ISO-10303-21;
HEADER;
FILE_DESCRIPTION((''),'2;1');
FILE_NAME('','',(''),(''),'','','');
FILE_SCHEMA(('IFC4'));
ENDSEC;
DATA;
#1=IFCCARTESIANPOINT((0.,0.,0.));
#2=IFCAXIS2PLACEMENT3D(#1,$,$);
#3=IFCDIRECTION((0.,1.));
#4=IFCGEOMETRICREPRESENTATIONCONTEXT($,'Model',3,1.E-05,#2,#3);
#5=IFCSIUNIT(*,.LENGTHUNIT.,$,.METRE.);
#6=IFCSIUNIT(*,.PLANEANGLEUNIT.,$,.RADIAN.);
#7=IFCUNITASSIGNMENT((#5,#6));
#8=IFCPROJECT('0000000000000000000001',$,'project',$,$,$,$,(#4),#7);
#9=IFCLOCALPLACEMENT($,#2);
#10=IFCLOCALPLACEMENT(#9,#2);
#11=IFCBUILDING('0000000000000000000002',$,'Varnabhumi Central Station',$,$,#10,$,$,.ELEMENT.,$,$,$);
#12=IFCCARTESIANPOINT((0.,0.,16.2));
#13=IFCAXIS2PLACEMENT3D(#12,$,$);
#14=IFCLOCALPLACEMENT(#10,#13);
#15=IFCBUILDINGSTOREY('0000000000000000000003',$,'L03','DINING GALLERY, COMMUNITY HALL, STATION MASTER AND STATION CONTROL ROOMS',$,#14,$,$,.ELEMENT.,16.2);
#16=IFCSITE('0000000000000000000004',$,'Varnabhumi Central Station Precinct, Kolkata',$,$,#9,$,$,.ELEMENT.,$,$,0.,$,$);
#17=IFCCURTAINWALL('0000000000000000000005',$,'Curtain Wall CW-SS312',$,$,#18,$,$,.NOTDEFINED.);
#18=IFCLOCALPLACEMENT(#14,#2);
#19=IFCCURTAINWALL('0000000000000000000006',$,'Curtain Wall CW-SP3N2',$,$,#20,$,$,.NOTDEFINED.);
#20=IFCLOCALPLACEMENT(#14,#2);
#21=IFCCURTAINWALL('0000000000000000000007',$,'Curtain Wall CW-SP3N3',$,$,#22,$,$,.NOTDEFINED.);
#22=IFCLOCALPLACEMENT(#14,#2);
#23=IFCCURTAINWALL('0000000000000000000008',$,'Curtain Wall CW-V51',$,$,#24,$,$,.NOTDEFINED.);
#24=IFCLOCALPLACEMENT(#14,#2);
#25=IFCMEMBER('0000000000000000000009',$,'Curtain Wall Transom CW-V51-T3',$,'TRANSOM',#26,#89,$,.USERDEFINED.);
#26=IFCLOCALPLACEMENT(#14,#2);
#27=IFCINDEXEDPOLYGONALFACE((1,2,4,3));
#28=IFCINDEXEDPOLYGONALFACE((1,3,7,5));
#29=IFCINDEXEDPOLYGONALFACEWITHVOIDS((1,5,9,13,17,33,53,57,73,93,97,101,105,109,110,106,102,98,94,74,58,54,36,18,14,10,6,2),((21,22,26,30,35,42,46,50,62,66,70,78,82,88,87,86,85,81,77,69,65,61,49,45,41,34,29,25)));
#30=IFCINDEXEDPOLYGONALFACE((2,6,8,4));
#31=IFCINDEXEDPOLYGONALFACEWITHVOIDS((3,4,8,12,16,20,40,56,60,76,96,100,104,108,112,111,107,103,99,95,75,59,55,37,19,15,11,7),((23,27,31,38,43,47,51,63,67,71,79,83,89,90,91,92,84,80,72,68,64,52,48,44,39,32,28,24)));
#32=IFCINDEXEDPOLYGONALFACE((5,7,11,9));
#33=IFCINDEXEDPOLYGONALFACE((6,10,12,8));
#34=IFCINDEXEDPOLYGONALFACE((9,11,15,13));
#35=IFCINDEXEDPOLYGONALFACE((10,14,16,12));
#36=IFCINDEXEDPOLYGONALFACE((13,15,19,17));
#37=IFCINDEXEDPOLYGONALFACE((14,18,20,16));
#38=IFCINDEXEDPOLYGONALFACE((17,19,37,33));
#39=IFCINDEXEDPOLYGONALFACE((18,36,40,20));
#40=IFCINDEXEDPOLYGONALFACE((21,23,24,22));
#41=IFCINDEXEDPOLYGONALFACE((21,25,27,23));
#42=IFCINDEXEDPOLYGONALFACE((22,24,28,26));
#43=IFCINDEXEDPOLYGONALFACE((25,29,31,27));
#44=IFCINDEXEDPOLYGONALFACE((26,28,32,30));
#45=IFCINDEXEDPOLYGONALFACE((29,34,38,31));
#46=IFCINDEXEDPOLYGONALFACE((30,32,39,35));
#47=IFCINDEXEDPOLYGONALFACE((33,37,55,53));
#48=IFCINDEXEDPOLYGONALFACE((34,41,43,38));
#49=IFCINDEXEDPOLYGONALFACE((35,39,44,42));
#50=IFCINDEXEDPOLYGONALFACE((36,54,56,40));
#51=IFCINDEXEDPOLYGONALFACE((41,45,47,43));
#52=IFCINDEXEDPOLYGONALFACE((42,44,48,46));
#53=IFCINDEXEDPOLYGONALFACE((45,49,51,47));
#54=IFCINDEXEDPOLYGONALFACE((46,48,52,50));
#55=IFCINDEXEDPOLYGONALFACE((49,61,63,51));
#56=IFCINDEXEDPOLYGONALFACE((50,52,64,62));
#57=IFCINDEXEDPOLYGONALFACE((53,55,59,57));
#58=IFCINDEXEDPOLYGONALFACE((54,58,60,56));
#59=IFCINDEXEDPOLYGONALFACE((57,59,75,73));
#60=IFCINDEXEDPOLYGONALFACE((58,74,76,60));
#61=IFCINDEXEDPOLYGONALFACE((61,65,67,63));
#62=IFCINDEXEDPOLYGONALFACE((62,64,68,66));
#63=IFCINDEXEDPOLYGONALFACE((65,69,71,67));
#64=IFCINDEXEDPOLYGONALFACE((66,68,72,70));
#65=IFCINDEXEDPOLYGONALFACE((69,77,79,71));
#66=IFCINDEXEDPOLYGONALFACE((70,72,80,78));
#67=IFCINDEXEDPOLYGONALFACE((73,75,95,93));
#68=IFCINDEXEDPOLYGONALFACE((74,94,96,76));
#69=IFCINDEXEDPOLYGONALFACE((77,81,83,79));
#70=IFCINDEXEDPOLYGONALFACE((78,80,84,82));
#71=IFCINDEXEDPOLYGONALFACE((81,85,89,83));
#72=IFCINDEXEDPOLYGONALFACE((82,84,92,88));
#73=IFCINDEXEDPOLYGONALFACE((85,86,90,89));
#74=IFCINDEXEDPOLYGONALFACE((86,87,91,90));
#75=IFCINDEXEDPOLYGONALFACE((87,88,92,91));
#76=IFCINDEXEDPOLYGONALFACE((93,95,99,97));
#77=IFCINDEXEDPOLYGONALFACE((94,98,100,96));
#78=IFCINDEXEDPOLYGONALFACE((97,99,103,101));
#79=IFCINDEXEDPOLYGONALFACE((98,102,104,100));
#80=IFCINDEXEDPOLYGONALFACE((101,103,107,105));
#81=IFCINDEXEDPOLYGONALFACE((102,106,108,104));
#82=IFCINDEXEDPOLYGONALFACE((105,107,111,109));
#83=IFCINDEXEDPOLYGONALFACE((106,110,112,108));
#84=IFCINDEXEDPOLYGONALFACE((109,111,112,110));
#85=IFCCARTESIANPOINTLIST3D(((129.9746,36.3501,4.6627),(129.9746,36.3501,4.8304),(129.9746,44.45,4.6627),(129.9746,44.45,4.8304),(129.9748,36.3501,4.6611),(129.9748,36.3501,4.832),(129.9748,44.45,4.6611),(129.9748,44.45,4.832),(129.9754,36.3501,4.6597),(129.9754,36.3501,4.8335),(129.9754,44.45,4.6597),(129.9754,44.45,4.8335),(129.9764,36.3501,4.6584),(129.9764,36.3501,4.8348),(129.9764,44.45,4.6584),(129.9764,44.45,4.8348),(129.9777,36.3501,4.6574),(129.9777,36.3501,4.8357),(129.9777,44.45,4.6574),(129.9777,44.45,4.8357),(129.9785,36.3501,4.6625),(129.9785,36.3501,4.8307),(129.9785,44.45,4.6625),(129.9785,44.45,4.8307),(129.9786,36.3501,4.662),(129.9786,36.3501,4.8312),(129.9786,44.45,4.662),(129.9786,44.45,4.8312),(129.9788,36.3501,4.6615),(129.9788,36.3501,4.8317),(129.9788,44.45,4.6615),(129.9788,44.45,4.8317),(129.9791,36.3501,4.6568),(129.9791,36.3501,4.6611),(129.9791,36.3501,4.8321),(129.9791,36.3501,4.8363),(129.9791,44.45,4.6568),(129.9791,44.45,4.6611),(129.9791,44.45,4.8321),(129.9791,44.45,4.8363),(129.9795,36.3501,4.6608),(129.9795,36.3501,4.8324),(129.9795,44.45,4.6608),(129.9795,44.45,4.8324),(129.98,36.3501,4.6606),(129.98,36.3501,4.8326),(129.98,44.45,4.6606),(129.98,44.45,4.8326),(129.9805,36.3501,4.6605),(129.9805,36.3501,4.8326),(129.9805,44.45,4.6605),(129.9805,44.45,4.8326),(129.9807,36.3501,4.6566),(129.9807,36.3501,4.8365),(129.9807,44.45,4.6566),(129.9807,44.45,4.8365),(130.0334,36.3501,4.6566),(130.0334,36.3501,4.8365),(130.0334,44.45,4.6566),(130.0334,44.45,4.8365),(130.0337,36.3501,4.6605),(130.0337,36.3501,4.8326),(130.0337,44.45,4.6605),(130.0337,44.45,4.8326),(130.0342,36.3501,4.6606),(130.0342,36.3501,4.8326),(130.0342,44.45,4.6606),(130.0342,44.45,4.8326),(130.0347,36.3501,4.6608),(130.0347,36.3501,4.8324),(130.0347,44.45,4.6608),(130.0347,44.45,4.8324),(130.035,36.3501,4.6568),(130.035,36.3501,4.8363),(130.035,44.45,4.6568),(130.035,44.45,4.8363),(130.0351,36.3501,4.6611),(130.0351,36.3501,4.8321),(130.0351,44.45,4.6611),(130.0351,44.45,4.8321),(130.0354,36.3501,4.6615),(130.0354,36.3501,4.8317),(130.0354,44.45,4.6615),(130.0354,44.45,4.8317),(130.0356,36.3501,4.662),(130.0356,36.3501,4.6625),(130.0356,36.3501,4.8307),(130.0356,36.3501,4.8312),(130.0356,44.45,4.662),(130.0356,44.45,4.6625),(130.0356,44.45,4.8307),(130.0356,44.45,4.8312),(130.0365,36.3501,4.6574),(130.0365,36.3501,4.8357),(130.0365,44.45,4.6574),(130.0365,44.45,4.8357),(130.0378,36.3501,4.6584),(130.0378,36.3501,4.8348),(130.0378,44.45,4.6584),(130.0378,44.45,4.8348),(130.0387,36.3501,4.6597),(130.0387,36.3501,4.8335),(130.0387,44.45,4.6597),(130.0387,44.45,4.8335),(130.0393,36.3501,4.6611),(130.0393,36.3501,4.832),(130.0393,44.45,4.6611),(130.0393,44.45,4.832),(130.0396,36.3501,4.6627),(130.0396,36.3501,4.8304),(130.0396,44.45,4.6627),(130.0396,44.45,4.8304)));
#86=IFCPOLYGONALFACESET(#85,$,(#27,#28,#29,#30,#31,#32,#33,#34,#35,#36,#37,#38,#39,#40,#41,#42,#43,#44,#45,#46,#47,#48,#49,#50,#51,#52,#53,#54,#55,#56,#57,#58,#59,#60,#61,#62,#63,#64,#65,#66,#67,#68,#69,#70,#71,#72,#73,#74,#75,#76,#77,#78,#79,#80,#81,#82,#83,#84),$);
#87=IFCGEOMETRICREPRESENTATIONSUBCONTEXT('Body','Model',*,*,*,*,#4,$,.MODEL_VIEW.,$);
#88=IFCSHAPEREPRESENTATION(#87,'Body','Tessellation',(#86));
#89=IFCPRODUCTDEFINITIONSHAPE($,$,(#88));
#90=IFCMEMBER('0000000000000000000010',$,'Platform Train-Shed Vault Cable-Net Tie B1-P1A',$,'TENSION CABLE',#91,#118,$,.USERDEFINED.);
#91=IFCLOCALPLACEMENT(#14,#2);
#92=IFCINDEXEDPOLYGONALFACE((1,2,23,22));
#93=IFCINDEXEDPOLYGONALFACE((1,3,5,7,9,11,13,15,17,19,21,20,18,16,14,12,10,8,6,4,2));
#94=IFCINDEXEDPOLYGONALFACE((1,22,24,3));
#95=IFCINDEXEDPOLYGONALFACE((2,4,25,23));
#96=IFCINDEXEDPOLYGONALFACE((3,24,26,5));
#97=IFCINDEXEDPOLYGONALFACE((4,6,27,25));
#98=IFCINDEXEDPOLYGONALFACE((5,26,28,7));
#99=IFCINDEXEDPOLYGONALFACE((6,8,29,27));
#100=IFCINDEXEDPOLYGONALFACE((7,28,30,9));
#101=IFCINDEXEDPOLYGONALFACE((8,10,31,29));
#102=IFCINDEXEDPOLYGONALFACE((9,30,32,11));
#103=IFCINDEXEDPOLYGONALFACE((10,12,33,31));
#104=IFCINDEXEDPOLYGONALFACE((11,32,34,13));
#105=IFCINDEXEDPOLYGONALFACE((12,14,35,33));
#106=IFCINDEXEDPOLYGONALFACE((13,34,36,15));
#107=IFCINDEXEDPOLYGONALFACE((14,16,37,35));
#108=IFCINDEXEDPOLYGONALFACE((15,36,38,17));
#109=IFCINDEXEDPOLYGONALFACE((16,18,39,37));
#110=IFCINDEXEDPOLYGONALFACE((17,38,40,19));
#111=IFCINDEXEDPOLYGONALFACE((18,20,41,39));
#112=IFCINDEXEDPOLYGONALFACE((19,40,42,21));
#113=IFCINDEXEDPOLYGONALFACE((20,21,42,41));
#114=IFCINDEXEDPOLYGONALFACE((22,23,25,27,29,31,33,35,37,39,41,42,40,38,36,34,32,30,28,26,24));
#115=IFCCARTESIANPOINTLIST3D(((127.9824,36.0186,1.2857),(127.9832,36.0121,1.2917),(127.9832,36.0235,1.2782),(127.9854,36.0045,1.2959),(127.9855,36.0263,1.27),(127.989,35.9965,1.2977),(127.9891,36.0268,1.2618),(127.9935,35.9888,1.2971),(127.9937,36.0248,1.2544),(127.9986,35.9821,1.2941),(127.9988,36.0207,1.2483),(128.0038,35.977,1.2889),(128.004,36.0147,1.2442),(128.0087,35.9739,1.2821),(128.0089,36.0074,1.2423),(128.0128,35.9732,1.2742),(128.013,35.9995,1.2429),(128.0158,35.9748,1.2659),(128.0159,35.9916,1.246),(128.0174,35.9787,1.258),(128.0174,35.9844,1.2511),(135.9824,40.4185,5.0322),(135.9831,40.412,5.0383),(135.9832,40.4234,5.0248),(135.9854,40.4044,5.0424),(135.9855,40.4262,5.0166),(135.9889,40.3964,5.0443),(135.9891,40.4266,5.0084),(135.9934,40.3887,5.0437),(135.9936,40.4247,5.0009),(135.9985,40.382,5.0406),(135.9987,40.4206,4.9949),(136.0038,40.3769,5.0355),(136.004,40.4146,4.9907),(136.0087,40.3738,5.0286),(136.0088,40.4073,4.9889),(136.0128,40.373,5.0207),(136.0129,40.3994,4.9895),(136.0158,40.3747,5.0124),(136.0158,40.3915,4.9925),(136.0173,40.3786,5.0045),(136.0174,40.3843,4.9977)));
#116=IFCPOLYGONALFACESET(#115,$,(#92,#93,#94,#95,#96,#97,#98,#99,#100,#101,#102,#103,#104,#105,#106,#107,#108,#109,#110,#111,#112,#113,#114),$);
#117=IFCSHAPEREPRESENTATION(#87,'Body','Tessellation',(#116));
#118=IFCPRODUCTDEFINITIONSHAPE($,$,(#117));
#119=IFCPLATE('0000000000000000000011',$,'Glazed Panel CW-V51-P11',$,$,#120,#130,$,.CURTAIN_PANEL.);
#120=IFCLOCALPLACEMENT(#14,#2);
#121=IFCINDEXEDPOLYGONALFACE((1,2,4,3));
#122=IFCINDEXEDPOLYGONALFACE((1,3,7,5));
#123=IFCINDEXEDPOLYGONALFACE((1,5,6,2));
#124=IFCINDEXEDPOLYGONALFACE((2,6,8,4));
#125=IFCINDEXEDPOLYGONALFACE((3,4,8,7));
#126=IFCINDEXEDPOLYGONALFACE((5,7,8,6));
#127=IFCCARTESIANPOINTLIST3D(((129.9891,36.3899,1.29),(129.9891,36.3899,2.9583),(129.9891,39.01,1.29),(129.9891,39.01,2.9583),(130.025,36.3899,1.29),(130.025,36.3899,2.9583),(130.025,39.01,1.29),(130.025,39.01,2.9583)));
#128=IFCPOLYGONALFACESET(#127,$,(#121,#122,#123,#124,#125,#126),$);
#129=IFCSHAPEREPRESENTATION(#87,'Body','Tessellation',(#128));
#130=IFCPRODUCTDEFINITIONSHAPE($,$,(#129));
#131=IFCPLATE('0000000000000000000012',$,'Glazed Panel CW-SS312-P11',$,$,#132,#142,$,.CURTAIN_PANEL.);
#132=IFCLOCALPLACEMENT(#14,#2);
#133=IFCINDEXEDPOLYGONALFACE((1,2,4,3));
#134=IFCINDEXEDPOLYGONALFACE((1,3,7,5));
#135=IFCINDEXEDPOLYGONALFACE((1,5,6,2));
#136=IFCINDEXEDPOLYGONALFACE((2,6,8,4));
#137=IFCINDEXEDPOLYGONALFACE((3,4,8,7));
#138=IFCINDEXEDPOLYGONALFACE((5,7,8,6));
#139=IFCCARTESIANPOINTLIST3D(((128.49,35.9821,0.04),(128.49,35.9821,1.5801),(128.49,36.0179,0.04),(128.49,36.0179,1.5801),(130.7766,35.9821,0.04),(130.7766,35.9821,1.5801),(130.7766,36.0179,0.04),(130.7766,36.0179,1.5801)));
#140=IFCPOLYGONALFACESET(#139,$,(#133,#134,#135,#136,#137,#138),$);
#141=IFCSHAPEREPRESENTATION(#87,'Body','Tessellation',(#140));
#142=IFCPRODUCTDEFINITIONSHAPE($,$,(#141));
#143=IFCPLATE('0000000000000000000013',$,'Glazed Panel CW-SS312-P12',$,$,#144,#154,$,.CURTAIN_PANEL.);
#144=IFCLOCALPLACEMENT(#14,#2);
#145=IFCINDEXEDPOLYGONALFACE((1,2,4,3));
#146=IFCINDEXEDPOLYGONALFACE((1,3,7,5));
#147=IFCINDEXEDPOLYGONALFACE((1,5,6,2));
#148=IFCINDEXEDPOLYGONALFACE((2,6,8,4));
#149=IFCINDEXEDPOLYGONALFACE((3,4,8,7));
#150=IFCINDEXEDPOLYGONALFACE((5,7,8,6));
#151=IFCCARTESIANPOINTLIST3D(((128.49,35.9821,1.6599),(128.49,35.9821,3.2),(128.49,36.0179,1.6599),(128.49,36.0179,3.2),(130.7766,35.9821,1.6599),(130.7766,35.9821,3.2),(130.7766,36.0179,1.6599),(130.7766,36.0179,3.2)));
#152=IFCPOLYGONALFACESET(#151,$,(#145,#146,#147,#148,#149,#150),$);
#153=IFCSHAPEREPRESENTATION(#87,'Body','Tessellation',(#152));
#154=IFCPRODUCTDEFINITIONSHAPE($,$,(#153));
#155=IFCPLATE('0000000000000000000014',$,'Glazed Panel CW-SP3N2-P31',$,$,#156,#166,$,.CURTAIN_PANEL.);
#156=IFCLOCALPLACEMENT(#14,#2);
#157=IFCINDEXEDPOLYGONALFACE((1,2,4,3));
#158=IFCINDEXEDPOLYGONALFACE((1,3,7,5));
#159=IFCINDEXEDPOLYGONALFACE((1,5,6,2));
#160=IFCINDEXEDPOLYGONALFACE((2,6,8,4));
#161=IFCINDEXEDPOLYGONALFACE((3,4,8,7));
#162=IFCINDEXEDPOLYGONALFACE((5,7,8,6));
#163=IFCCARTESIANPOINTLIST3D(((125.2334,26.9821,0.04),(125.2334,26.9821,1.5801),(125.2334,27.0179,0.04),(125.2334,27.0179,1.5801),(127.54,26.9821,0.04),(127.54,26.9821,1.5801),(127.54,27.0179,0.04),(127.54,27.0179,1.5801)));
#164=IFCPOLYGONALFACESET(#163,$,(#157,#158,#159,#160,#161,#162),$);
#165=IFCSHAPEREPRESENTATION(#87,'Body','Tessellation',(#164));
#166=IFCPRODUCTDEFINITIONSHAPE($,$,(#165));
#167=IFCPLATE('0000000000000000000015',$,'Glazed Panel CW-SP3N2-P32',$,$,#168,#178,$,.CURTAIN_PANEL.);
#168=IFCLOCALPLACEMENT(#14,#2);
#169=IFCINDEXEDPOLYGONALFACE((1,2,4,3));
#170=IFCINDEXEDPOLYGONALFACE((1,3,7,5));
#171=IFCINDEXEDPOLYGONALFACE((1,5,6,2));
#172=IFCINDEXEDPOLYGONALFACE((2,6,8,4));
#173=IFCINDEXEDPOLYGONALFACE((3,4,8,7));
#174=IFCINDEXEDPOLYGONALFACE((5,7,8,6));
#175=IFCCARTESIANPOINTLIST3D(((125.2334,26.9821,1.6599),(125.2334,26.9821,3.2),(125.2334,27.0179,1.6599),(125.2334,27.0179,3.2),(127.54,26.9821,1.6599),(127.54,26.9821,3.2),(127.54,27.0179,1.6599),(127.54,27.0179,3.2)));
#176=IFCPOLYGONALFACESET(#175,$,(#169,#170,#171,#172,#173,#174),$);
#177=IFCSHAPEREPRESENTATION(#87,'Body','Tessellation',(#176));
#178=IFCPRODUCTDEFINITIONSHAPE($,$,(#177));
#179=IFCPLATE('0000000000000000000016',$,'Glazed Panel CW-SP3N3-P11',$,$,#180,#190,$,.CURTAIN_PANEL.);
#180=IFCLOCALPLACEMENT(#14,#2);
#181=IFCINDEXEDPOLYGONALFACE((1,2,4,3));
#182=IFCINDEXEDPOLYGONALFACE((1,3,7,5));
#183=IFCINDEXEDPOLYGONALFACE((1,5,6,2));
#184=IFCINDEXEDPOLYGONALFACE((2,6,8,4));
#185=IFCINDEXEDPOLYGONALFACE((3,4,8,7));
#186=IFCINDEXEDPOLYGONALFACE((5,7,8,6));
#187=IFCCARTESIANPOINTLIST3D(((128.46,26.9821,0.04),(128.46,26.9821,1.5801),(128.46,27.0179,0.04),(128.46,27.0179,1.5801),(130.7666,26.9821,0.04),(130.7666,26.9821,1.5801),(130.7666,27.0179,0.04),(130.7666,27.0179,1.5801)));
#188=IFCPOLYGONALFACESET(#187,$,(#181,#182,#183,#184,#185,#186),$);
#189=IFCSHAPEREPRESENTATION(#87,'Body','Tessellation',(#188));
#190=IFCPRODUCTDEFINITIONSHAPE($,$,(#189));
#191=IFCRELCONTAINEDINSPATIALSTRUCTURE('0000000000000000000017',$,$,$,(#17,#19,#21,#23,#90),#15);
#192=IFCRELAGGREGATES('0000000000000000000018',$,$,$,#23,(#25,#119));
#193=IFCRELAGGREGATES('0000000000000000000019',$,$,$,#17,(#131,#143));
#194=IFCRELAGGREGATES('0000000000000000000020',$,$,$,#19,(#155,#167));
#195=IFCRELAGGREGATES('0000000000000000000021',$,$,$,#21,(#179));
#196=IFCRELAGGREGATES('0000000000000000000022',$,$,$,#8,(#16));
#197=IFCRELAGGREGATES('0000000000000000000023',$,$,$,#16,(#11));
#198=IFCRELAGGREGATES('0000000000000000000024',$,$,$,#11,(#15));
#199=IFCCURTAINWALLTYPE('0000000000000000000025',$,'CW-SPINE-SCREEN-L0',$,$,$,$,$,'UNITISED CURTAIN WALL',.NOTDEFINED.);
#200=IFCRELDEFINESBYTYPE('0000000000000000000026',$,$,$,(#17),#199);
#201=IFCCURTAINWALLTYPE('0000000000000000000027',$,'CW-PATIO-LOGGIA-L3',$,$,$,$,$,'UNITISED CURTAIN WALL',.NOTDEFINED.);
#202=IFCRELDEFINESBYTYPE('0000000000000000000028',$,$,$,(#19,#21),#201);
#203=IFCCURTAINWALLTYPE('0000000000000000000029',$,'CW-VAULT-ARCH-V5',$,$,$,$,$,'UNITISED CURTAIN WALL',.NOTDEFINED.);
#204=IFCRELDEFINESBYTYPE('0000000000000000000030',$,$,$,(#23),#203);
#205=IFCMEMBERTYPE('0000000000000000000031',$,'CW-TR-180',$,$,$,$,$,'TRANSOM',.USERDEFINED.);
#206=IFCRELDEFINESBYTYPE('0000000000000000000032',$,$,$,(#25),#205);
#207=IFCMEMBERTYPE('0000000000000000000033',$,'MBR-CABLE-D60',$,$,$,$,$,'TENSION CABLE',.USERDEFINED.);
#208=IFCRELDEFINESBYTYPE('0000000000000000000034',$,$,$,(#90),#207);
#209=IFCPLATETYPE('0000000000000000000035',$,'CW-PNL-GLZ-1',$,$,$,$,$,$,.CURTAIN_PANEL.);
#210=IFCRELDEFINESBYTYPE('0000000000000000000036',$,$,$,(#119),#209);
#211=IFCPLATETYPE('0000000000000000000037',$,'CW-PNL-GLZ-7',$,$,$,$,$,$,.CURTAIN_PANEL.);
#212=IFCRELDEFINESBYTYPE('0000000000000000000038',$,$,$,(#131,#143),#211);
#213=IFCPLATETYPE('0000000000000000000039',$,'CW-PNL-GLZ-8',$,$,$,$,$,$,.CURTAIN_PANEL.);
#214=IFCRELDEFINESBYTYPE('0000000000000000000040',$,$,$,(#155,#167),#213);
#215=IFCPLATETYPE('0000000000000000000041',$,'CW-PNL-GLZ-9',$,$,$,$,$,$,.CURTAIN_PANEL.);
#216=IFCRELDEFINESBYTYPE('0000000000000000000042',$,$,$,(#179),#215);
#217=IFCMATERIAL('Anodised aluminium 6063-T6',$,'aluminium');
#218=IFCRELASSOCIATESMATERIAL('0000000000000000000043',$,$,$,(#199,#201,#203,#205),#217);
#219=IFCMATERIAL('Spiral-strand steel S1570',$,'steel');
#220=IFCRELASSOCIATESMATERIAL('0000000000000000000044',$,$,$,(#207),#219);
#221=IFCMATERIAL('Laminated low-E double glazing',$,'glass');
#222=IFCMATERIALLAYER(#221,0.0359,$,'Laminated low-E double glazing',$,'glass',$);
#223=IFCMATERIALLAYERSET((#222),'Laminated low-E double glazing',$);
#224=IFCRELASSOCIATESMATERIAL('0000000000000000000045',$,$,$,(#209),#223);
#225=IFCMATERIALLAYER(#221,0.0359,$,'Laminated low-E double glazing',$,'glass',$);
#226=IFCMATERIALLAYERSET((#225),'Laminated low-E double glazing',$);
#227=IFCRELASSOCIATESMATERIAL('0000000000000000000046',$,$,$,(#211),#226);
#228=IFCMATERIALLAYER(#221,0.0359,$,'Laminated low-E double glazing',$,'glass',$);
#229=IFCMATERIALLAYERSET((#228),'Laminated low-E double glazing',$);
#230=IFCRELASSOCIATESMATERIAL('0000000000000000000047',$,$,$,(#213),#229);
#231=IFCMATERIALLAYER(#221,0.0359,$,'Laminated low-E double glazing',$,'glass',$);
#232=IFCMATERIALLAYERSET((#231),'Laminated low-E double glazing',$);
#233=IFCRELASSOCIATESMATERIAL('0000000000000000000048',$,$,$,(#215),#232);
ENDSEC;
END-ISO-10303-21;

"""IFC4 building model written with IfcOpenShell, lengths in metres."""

from ifc_helpers import new_model, si_unit, direction, frame, origin, origin_2d, place, context, subcontext, project, spatial, rectangle, hollow_rectangle, circle, extrude, material, layer, layer_set, material_profile, profile_set, type_object, element, aggregate, save


model = new_model("IFC4")

# Units and contexts
model_context = context("Model", 3, precision=1e-05, world=origin(), true_north=direction((0.0, 1.0)))
body_context = subcontext(model_context, "Body", "Model", "MODEL_VIEW")
ifc_project = project(units=[si_unit("LENGTHUNIT", "METRE"), si_unit("PLANEANGLEUNIT", "RADIAN")], contexts=[model_context])

# Site, building, storey
site_placement = place(None, origin())
site = spatial("IfcSite", under=ifc_project, at=site_placement, Name="Varnabhumi Central Station Precinct, Kolkata", CompositionType="ELEMENT", RefElevation=0.0)
building_placement = place(site_placement, origin())
building = spatial("IfcBuilding", under=site, at=building_placement, Name="Varnabhumi Central Station", CompositionType="ELEMENT")
storey_placement = place(building_placement, frame((0.0, 0.0, 16.2)))
storey = spatial("IfcBuildingStorey", under=building, at=storey_placement, Name="L03", Description="DINING GALLERY, COMMUNITY HALL, STATION MASTER AND STATION CONTROL ROOMS", CompositionType="ELEMENT", Elevation=16.2)

# Curtain wall
ifc_material_1 = material(Name="Anodised aluminium 6063-T6", Category="aluminium")
curtain_wall_type_1 = type_object("IfcCurtainWallType", Name="CW-SPINE-SCREEN-L0", ElementType="UNITISED CURTAIN WALL", PredefinedType="NOTDEFINED", material=ifc_material_1)
curtain_wall_1_placement = place(storey_placement, origin())
curtain_wall_1 = element("IfcCurtainWall", 1, at=curtain_wall_1_placement, inside=storey, type_object=curtain_wall_type_1, Name="Curtain Wall CW-SS312", PredefinedType="NOTDEFINED")

# Curtain wall
curtain_wall_type_2 = type_object("IfcCurtainWallType", Name="CW-PATIO-LOGGIA-L3", ElementType="UNITISED CURTAIN WALL", PredefinedType="NOTDEFINED", material=ifc_material_1)
curtain_wall_2_placement = place(storey_placement, origin())
curtain_wall_2 = element("IfcCurtainWall", 2, at=curtain_wall_2_placement, inside=storey, type_object=curtain_wall_type_2, Name="Curtain Wall CW-SP3N2", PredefinedType="NOTDEFINED")

# Curtain walls
curtain_wall_3_placement = place(storey_placement, origin())
curtain_wall_3 = element("IfcCurtainWall", 3, at=curtain_wall_3_placement, inside=storey, type_object=curtain_wall_type_2, Name="Curtain Wall CW-SP3N3", PredefinedType="NOTDEFINED")
curtain_wall_type_3 = type_object("IfcCurtainWallType", Name="CW-VAULT-ARCH-V5", ElementType="UNITISED CURTAIN WALL", PredefinedType="NOTDEFINED", material=ifc_material_1)
curtain_wall_4_placement = place(storey_placement, origin())
curtain_wall_4 = element("IfcCurtainWall", 4, at=curtain_wall_4_placement, inside=storey, type_object=curtain_wall_type_3, Name="Curtain Wall CW-V51", PredefinedType="NOTDEFINED")

# Members
ifc_material_profile_1 = material_profile(ifc_material_1, hollow_rectangle(XDim=0.0649, YDim=0.1799, WallThickness=0.0039, InnerFilletRadius=0.002, OuterFilletRadius=0.0061, at=origin_2d()), Name="Anodised aluminium 6063-T6", Category="aluminium")
ifc_profile_set_1 = profile_set([ifc_material_profile_1], Name="Anodised aluminium 6063-T6")
member_type_1 = type_object("IfcMemberType", Name="CW-TR-180", ElementType="TRANSOM", PredefinedType="USERDEFINED", material=ifc_profile_set_1)
member_1_placement = place(storey_placement, frame((130.0071, 36.3501, 4.7466), z_axis=(0.0, 1.0, 0.0), x_axis=(-1.0, 0.0, 0.0)))
member_1 = element("IfcMember", 5, at=member_1_placement, type_object=member_type_1, Name="Curtain Wall Transom CW-V51-T3", ObjectType="TRANSOM", PredefinedType="USERDEFINED", context=body_context, shape_type="SweptSolid", body=[
    extrude(hollow_rectangle(XDim=0.0649, YDim=0.1799, WallThickness=0.0039, InnerFilletRadius=0.002, OuterFilletRadius=0.0061, at=origin_2d()), origin(), (0.0, 0.0, 1.0), 8.0999),
])
ifc_material_2 = material(Name="Spiral-strand steel S1570", Category="steel")
ifc_material_profile_2 = material_profile(ifc_material_2, circle(Radius=0.03, at=origin_2d()), Name="Spiral-strand steel S1570", Category="steel")
ifc_profile_set_2 = profile_set([ifc_material_profile_2], Name="Spiral-strand steel S1570")
member_type_2 = type_object("IfcMemberType", Name="MBR-CABLE-D60", ElementType="TENSION CABLE", PredefinedType="USERDEFINED", material=ifc_profile_set_2)
member_2_placement = place(storey_placement, frame((128.0, 36.0, 1.27), z_axis=(0.810624, 0.445833, 0.379634), x_axis=(-0.481911, 0.87622, 0.0)))
element("IfcMember", 6, at=member_2_placement, inside=storey, type_object=member_type_2, Name="Platform Train-Shed Vault Cable-Net Tie B1-P1A", ObjectType="TENSION CABLE", PredefinedType="USERDEFINED", context=body_context, shape_type="SweptSolid", body=[
    extrude(circle(Radius=0.03, at=origin_2d()), origin(), (0.0, 0.0, 1.0), 9.8689),
])

# Plates
ifc_material_3 = material(Name="Laminated low-E double glazing", Category="glass")
ifc_layer_1 = layer(ifc_material_3, 0.0359, Name="Laminated low-E double glazing", Category="glass")
ifc_layer_set_1 = layer_set([ifc_layer_1], Name="Laminated low-E double glazing")
plate_type_1 = type_object("IfcPlateType", Name="CW-PNL-GLZ-1", PredefinedType="CURTAIN_PANEL", material=ifc_layer_set_1)
plate_1_placement = place(storey_placement, frame((130.0071, 37.7, 1.29), z_axis=(0.0, 0.0, 1.0), x_axis=(0.0, 1.0, 0.0)))
plate_1 = element("IfcPlate", 7, at=plate_1_placement, type_object=plate_type_1, Name="Glazed Panel CW-V51-P11", PredefinedType="CURTAIN_PANEL", context=body_context, shape_type="SweptSolid", body=[
    extrude(rectangle(XDim=2.6201, YDim=0.0359, at=origin_2d()), origin(), (0.0, 0.0, 1.0), 1.6682),
])
aggregate(curtain_wall_4, [member_1, plate_1])
ifc_layer_2 = layer(ifc_material_3, 0.0359, Name="Laminated low-E double glazing", Category="glass")
ifc_layer_set_2 = layer_set([ifc_layer_2], Name="Laminated low-E double glazing")
plate_type_2 = type_object("IfcPlateType", Name="CW-PNL-GLZ-7", PredefinedType="CURTAIN_PANEL", material=ifc_layer_set_2)
plate_2_placement = place(storey_placement, frame((129.6333, 36.0, 0.04), z_axis=(0.0, 0.0, 1.0), x_axis=(1.0, 0.0, 0.0)))
plate_2 = element("IfcPlate", 8, at=plate_2_placement, type_object=plate_type_2, Name="Glazed Panel CW-SS312-P11", PredefinedType="CURTAIN_PANEL", context=body_context, shape_type="SweptSolid", body=[
    extrude(rectangle(XDim=2.2866, YDim=0.0359, at=origin_2d()), origin(), (0.0, 0.0, 1.0), 1.54),
])
plate_3_placement = place(storey_placement, frame((129.6333, 36.0, 1.6599), z_axis=(0.0, 0.0, 1.0), x_axis=(1.0, 0.0, 0.0)))
plate_3 = element("IfcPlate", 9, at=plate_3_placement, type_object=plate_type_2, Name="Glazed Panel CW-SS312-P12", PredefinedType="CURTAIN_PANEL", context=body_context, shape_type="SweptSolid", body=[
    extrude(rectangle(XDim=2.2866, YDim=0.0359, at=origin_2d()), origin(), (0.0, 0.0, 1.0), 1.54),
])
aggregate(curtain_wall_1, [plate_2, plate_3])
ifc_layer_3 = layer(ifc_material_3, 0.0359, Name="Laminated low-E double glazing", Category="glass")
ifc_layer_set_3 = layer_set([ifc_layer_3], Name="Laminated low-E double glazing")
plate_type_3 = type_object("IfcPlateType", Name="CW-PNL-GLZ-8", PredefinedType="CURTAIN_PANEL", material=ifc_layer_set_3)
plate_4_placement = place(storey_placement, frame((126.3867, 27.0, 0.04), z_axis=(0.0, 0.0, 1.0), x_axis=(1.0, 0.0, 0.0)))
plate_4 = element("IfcPlate", 10, at=plate_4_placement, type_object=plate_type_3, Name="Glazed Panel CW-SP3N2-P31", PredefinedType="CURTAIN_PANEL", context=body_context, shape_type="SweptSolid", body=[
    extrude(rectangle(XDim=2.3066, YDim=0.0359, at=origin_2d()), origin(), (0.0, 0.0, 1.0), 1.54),
])
plate_5_placement = place(storey_placement, frame((126.3867, 27.0, 1.6599), z_axis=(0.0, 0.0, 1.0), x_axis=(1.0, 0.0, 0.0)))
plate_5 = element("IfcPlate", 11, at=plate_5_placement, type_object=plate_type_3, Name="Glazed Panel CW-SP3N2-P32", PredefinedType="CURTAIN_PANEL", context=body_context, shape_type="SweptSolid", body=[
    extrude(rectangle(XDim=2.3066, YDim=0.0359, at=origin_2d()), origin(), (0.0, 0.0, 1.0), 1.54),
])
aggregate(curtain_wall_2, [plate_4, plate_5])
ifc_layer_4 = layer(ifc_material_3, 0.0359, Name="Laminated low-E double glazing", Category="glass")
ifc_layer_set_4 = layer_set([ifc_layer_4], Name="Laminated low-E double glazing")
plate_type_4 = type_object("IfcPlateType", Name="CW-PNL-GLZ-9", PredefinedType="CURTAIN_PANEL", material=ifc_layer_set_4)
plate_6_placement = place(storey_placement, frame((129.6133, 27.0, 0.04), z_axis=(0.0, 0.0, 1.0), x_axis=(1.0, 0.0, 0.0)))
plate_6 = element("IfcPlate", 12, at=plate_6_placement, type_object=plate_type_4, Name="Glazed Panel CW-SP3N3-P11", PredefinedType="CURTAIN_PANEL", context=body_context, shape_type="SweptSolid", body=[
    extrude(rectangle(XDim=2.3066, YDim=0.0359, at=origin_2d()), origin(), (0.0, 0.0, 1.0), 1.54),
])
aggregate(curtain_wall_3, [plate_6])

save(model, "model.ifc")
